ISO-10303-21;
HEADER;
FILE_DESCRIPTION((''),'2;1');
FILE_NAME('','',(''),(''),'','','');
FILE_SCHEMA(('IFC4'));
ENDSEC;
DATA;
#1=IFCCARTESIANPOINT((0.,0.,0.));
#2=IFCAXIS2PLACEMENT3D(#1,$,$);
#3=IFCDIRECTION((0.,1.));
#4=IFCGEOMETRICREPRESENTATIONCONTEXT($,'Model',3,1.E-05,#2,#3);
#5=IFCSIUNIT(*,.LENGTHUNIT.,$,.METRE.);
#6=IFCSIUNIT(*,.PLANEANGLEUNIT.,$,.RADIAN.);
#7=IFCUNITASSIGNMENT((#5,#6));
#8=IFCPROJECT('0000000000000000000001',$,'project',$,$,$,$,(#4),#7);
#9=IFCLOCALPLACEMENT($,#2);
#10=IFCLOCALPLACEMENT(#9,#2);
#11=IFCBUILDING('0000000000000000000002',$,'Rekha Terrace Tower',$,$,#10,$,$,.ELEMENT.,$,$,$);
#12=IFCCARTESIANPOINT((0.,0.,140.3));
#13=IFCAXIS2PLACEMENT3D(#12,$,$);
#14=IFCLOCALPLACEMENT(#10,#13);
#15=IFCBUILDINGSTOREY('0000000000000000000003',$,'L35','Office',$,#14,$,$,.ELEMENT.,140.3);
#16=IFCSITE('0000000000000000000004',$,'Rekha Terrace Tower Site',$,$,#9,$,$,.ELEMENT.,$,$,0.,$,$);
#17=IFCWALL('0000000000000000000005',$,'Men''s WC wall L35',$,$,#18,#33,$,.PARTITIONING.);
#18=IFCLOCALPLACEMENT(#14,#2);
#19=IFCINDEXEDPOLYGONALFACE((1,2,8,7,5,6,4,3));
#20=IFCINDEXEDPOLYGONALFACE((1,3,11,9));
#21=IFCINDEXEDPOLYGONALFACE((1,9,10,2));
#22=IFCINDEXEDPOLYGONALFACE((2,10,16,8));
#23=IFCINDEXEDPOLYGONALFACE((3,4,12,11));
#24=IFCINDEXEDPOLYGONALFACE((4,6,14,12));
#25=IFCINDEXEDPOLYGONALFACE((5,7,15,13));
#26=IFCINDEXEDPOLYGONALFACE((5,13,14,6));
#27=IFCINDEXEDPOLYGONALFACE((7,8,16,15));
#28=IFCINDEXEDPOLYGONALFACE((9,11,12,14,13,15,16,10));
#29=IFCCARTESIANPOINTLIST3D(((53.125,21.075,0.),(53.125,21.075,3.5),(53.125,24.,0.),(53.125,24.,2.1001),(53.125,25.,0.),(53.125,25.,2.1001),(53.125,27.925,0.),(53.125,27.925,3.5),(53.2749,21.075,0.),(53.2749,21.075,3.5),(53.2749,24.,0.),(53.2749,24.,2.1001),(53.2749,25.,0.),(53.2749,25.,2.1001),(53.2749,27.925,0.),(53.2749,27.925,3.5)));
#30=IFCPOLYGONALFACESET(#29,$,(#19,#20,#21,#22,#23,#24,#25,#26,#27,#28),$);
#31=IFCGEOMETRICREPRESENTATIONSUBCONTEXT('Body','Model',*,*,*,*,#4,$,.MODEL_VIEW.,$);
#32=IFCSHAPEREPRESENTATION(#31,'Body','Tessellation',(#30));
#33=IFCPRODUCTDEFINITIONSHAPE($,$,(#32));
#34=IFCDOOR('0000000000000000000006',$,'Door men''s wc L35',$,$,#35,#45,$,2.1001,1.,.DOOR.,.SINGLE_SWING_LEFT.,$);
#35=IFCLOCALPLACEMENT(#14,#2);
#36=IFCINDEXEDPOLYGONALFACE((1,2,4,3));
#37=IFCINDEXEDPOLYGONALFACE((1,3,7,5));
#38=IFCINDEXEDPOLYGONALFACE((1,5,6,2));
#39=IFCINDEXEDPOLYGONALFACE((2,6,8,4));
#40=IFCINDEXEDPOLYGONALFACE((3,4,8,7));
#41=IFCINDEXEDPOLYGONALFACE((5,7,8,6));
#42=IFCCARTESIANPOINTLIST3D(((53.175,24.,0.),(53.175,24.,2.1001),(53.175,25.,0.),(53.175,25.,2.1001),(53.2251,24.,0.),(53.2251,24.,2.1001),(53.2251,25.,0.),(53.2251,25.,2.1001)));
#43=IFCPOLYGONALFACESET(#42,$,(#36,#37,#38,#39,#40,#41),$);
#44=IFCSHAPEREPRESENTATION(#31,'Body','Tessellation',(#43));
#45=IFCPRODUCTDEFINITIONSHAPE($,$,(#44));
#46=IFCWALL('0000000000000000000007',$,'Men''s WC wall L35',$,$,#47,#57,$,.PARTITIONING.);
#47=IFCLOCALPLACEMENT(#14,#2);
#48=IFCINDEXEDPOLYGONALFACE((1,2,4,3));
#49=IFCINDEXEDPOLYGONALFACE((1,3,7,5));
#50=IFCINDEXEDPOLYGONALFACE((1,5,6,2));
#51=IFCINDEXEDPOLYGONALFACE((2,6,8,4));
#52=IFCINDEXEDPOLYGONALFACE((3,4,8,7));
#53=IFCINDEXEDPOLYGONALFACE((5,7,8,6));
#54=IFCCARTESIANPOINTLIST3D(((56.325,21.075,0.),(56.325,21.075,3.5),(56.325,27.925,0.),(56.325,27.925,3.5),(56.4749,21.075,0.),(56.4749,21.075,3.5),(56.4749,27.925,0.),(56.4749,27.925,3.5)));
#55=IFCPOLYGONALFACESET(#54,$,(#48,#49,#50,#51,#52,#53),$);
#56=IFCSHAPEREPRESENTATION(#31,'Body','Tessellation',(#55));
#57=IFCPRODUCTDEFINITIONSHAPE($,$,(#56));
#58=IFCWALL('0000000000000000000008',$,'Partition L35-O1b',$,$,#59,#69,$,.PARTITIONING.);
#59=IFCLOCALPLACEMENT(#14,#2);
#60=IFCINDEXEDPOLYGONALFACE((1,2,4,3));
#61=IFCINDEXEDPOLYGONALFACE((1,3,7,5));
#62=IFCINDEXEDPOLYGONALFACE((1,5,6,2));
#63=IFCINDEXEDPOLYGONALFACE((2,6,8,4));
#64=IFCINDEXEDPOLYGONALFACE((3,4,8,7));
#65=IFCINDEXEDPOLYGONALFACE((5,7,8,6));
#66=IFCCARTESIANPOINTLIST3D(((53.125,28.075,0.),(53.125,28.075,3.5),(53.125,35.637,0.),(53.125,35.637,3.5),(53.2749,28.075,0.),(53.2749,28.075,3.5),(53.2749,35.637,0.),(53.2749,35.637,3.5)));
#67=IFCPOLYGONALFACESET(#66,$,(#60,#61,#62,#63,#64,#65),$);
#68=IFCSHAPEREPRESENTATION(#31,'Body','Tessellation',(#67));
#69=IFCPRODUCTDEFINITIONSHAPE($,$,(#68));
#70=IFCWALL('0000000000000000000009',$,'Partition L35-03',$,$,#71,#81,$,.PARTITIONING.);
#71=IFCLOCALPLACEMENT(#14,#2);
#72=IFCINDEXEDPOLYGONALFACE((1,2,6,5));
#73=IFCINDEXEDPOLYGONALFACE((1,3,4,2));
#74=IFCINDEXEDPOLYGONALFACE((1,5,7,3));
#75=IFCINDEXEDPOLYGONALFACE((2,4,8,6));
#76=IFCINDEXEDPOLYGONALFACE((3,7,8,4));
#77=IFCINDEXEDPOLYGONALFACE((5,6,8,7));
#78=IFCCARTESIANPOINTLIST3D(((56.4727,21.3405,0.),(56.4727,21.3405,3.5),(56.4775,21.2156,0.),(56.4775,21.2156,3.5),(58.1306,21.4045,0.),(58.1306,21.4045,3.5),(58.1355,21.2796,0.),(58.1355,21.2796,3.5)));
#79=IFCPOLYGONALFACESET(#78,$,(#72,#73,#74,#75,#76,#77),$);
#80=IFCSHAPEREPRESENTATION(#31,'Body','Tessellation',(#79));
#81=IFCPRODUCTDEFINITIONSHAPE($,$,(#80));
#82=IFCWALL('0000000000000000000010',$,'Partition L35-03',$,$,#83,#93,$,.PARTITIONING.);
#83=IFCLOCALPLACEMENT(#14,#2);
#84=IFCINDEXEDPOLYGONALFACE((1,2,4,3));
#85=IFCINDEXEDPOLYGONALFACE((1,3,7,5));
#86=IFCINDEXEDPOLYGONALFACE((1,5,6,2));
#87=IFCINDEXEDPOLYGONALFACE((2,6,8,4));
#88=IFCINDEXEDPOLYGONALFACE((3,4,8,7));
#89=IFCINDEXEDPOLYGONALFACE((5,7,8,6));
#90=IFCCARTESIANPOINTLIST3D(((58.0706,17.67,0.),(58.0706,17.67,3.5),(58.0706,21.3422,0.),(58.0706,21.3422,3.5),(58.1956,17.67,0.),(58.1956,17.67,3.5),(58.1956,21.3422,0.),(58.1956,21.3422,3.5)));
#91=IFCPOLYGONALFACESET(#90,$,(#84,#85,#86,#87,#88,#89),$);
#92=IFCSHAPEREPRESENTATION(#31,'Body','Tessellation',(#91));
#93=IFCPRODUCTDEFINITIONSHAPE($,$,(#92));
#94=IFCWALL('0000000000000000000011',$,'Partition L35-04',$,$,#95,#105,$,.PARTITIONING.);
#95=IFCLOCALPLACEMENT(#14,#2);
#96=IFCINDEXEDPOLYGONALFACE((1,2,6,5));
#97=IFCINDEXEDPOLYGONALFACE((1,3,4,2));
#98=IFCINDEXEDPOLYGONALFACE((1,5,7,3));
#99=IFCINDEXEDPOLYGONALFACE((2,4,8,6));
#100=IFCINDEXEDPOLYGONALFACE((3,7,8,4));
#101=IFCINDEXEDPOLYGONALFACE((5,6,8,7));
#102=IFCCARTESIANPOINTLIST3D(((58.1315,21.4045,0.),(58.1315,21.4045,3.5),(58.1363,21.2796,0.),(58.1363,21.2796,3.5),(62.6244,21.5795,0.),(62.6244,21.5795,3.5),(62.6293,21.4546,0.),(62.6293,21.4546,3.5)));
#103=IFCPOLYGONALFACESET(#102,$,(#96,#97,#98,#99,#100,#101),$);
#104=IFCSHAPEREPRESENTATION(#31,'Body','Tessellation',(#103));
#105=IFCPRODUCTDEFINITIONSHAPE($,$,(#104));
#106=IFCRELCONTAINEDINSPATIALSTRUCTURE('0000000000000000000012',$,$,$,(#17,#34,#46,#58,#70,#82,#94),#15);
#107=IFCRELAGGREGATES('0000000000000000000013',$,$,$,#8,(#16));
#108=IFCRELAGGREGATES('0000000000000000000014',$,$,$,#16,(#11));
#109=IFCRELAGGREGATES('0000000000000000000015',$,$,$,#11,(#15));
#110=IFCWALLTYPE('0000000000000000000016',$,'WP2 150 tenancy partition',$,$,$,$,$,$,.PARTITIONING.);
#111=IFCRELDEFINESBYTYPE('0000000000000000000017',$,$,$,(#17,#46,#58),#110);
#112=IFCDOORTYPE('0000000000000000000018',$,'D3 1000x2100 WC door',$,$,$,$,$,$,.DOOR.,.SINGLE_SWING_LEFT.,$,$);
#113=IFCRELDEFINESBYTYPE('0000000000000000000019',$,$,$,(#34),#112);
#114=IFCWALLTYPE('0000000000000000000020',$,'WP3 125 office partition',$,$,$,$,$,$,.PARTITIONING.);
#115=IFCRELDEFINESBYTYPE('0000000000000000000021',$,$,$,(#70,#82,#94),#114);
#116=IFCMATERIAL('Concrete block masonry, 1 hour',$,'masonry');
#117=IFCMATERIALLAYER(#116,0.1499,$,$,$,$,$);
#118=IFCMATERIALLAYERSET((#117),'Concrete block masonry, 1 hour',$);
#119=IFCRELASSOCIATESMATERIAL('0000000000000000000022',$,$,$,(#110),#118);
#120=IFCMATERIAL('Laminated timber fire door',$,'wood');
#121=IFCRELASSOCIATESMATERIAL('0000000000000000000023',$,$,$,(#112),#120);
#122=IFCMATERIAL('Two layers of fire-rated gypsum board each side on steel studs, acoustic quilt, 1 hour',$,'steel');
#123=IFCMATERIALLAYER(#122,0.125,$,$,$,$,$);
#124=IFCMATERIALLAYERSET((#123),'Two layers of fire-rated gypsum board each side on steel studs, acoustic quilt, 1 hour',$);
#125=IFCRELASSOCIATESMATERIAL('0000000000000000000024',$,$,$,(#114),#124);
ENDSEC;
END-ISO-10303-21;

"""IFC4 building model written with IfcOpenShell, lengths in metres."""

from ifc_helpers import new_model, si_unit, direction, frame, frame_2d, origin, place, context, subcontext, project, spatial, rectangle, extrude, material, layer, layer_set, type_object, element, fill, save


model = new_model("IFC4")

# Units and contexts
model_context = context("Model", 3, precision=1e-05, world=origin(), true_north=direction((0.0, 1.0)))
body_context = subcontext(model_context, "Body", "Model", "MODEL_VIEW")
ifc_project = project(units=[si_unit("LENGTHUNIT", "METRE"), si_unit("PLANEANGLEUNIT", "RADIAN")], contexts=[model_context])

# Site, building, storey
site_placement = place(None, origin())
site = spatial("IfcSite", under=ifc_project, at=site_placement, Name="Rekha Terrace Tower Site", CompositionType="ELEMENT", RefElevation=0.0)
building_placement = place(site_placement, origin())
building = spatial("IfcBuilding", under=site, at=building_placement, Name="Rekha Terrace Tower", CompositionType="ELEMENT")
storey_placement = place(building_placement, frame((0.0, 0.0, 140.3)))
storey = spatial("IfcBuildingStorey", under=building, at=storey_placement, Name="L35", Description="Office", CompositionType="ELEMENT", Elevation=140.3)

# Shared definitions
ifc_material_1 = material(Name="Concrete block masonry, 1 hour", Category="masonry")
ifc_layer_1 = layer(ifc_material_1, 0.1499)
ifc_layer_set_1 = layer_set([ifc_layer_1], Name="Concrete block masonry, 1 hour")
wall_type_1 = type_object("IfcWallType", Name="WP2 150 tenancy partition", PredefinedType="PARTITIONING", material=ifc_layer_set_1)

# Wall, opening, door
wall_1_placement = place(storey_placement, frame((53.2, 21.075, 0.0), z_axis=(0.0, 0.0, 1.0), x_axis=(0.0, 1.0, 0.0)))
wall_1 = element("IfcWall", 1, at=wall_1_placement, inside=storey, type_object=wall_type_1, Name="Men's WC wall L35", PredefinedType="PARTITIONING", context=body_context, shape_type="SweptSolid", body=[
    extrude(rectangle(XDim=6.8501, YDim=0.1499, at=frame_2d((3.425, 0.0))), origin(), (0.0, 0.0, 1.0), 3.5),
])
opening_1_placement = place(wall_1_placement, frame((2.925, 0.0, 0.0)))
opening_1 = element("IfcOpeningElement", 2, at=opening_1_placement, cuts=wall_1, PredefinedType="OPENING", context=body_context, shape_type="SweptSolid", body=[
    extrude(rectangle(XDim=1.0, YDim=2.1001, at=frame_2d((0.5, 1.05))), frame((0.0, 0.085, 0.0), z_axis=(0.0, -1.0, 0.0), x_axis=(1.0, 0.0, 0.0)), (0.0, 0.0, 1.0), 0.1699),
])
ifc_material_2 = material(Name="Laminated timber fire door", Category="wood")
door_type_1 = type_object("IfcDoorType", Name="D3 1000x2100 WC door", OperationType="SINGLE_SWING_LEFT", PredefinedType="DOOR", material=ifc_material_2)
door_1_placement = place(opening_1_placement, origin())
door_1 = element("IfcDoor", 3, at=door_1_placement, inside=storey, type_object=door_type_1, Name="Door men's wc L35", OperationType="SINGLE_SWING_LEFT", OverallHeight=2.1001, OverallWidth=1.0, PredefinedType="DOOR", context=body_context, shape_type="SweptSolid", body=[
    extrude(rectangle(XDim=1.0, YDim=2.1001, at=frame_2d((0.5, 1.05))), frame((0.0, 0.0249, 0.0), z_axis=(0.0, -1.0, 0.0), x_axis=(1.0, 0.0, 0.0)), (0.0, 0.0, 1.0), 0.05),
])
fill(opening_1, door_1)

# Walls
wall_2_placement = place(storey_placement, frame((56.3999, 21.075, 0.0), z_axis=(0.0, 0.0, 1.0), x_axis=(0.0, 1.0, 0.0)))
element("IfcWall", 4, at=wall_2_placement, inside=storey, type_object=wall_type_1, Name="Men's WC wall L35", PredefinedType="PARTITIONING", context=body_context, shape_type="SweptSolid", body=[
    extrude(rectangle(XDim=6.8501, YDim=0.1499, at=frame_2d((3.425, 0.0))), origin(), (0.0, 0.0, 1.0), 3.5),
])
wall_3_placement = place(storey_placement, frame((53.2, 28.075, 0.0), z_axis=(0.0, 0.0, 1.0), x_axis=(0.0, 1.0, 0.0)))
element("IfcWall", 5, at=wall_3_placement, inside=storey, type_object=wall_type_1, Name="Partition L35-O1b", PredefinedType="PARTITIONING", context=body_context, shape_type="SweptSolid", body=[
    extrude(rectangle(XDim=7.562, YDim=0.1499, at=frame_2d((3.781, 0.0))), origin(), (0.0, 0.0, 1.0), 3.5),
])
ifc_material_3 = material(Name="Two layers of fire-rated gypsum board each side on steel studs, acoustic quilt, 1 hour", Category="steel")
ifc_layer_2 = layer(ifc_material_3, 0.125)
ifc_layer_set_2 = layer_set([ifc_layer_2], Name="Two layers of fire-rated gypsum board each side on steel studs, acoustic quilt, 1 hour")
wall_type_2 = type_object("IfcWallType", Name="WP3 125 office partition", PredefinedType="PARTITIONING", material=ifc_layer_set_2)
wall_4_placement = place(storey_placement, frame((56.4751, 21.2781, 0.0), z_axis=(0.0, 0.0, 1.0), x_axis=(0.999257, 0.038552, 0.0)))
element("IfcWall", 6, at=wall_4_placement, inside=storey, type_object=wall_type_2, Name="Partition L35-03", PredefinedType="PARTITIONING", context=body_context, shape_type="SweptSolid", body=[
    extrude(rectangle(XDim=1.6592, YDim=0.125, at=frame_2d((0.8296, 0.0))), origin(), (0.0, 0.0, 1.0), 3.5),
])
wall_5_placement = place(storey_placement, frame((58.1331, 21.342, 0.0), z_axis=(0.0, 0.0, 1.0), x_axis=(0.0, -1.0, 0.0)))
element("IfcWall", 7, at=wall_5_placement, inside=storey, type_object=wall_type_2, Name="Partition L35-03", PredefinedType="PARTITIONING", context=body_context, shape_type="SweptSolid", body=[
    extrude(rectangle(XDim=3.6721, YDim=0.125, at=frame_2d((1.8359, 0.0))), origin(), (0.0, 0.0, 1.0), 3.5),
])
wall_6_placement = place(storey_placement, frame((58.134, 21.342, 0.0), z_axis=(0.0, 0.0, 1.0), x_axis=(0.999242, 0.038932, 0.0)))
element("IfcWall", 8, at=wall_6_placement, inside=storey, type_object=wall_type_2, Name="Partition L35-04", PredefinedType="PARTITIONING", context=body_context, shape_type="SweptSolid", body=[
    extrude(rectangle(XDim=4.4963, YDim=0.125, at=frame_2d((2.248, 0.0))), origin(), (0.0, 0.0, 1.0), 3.5),
])

save(model, "model.ifc")
